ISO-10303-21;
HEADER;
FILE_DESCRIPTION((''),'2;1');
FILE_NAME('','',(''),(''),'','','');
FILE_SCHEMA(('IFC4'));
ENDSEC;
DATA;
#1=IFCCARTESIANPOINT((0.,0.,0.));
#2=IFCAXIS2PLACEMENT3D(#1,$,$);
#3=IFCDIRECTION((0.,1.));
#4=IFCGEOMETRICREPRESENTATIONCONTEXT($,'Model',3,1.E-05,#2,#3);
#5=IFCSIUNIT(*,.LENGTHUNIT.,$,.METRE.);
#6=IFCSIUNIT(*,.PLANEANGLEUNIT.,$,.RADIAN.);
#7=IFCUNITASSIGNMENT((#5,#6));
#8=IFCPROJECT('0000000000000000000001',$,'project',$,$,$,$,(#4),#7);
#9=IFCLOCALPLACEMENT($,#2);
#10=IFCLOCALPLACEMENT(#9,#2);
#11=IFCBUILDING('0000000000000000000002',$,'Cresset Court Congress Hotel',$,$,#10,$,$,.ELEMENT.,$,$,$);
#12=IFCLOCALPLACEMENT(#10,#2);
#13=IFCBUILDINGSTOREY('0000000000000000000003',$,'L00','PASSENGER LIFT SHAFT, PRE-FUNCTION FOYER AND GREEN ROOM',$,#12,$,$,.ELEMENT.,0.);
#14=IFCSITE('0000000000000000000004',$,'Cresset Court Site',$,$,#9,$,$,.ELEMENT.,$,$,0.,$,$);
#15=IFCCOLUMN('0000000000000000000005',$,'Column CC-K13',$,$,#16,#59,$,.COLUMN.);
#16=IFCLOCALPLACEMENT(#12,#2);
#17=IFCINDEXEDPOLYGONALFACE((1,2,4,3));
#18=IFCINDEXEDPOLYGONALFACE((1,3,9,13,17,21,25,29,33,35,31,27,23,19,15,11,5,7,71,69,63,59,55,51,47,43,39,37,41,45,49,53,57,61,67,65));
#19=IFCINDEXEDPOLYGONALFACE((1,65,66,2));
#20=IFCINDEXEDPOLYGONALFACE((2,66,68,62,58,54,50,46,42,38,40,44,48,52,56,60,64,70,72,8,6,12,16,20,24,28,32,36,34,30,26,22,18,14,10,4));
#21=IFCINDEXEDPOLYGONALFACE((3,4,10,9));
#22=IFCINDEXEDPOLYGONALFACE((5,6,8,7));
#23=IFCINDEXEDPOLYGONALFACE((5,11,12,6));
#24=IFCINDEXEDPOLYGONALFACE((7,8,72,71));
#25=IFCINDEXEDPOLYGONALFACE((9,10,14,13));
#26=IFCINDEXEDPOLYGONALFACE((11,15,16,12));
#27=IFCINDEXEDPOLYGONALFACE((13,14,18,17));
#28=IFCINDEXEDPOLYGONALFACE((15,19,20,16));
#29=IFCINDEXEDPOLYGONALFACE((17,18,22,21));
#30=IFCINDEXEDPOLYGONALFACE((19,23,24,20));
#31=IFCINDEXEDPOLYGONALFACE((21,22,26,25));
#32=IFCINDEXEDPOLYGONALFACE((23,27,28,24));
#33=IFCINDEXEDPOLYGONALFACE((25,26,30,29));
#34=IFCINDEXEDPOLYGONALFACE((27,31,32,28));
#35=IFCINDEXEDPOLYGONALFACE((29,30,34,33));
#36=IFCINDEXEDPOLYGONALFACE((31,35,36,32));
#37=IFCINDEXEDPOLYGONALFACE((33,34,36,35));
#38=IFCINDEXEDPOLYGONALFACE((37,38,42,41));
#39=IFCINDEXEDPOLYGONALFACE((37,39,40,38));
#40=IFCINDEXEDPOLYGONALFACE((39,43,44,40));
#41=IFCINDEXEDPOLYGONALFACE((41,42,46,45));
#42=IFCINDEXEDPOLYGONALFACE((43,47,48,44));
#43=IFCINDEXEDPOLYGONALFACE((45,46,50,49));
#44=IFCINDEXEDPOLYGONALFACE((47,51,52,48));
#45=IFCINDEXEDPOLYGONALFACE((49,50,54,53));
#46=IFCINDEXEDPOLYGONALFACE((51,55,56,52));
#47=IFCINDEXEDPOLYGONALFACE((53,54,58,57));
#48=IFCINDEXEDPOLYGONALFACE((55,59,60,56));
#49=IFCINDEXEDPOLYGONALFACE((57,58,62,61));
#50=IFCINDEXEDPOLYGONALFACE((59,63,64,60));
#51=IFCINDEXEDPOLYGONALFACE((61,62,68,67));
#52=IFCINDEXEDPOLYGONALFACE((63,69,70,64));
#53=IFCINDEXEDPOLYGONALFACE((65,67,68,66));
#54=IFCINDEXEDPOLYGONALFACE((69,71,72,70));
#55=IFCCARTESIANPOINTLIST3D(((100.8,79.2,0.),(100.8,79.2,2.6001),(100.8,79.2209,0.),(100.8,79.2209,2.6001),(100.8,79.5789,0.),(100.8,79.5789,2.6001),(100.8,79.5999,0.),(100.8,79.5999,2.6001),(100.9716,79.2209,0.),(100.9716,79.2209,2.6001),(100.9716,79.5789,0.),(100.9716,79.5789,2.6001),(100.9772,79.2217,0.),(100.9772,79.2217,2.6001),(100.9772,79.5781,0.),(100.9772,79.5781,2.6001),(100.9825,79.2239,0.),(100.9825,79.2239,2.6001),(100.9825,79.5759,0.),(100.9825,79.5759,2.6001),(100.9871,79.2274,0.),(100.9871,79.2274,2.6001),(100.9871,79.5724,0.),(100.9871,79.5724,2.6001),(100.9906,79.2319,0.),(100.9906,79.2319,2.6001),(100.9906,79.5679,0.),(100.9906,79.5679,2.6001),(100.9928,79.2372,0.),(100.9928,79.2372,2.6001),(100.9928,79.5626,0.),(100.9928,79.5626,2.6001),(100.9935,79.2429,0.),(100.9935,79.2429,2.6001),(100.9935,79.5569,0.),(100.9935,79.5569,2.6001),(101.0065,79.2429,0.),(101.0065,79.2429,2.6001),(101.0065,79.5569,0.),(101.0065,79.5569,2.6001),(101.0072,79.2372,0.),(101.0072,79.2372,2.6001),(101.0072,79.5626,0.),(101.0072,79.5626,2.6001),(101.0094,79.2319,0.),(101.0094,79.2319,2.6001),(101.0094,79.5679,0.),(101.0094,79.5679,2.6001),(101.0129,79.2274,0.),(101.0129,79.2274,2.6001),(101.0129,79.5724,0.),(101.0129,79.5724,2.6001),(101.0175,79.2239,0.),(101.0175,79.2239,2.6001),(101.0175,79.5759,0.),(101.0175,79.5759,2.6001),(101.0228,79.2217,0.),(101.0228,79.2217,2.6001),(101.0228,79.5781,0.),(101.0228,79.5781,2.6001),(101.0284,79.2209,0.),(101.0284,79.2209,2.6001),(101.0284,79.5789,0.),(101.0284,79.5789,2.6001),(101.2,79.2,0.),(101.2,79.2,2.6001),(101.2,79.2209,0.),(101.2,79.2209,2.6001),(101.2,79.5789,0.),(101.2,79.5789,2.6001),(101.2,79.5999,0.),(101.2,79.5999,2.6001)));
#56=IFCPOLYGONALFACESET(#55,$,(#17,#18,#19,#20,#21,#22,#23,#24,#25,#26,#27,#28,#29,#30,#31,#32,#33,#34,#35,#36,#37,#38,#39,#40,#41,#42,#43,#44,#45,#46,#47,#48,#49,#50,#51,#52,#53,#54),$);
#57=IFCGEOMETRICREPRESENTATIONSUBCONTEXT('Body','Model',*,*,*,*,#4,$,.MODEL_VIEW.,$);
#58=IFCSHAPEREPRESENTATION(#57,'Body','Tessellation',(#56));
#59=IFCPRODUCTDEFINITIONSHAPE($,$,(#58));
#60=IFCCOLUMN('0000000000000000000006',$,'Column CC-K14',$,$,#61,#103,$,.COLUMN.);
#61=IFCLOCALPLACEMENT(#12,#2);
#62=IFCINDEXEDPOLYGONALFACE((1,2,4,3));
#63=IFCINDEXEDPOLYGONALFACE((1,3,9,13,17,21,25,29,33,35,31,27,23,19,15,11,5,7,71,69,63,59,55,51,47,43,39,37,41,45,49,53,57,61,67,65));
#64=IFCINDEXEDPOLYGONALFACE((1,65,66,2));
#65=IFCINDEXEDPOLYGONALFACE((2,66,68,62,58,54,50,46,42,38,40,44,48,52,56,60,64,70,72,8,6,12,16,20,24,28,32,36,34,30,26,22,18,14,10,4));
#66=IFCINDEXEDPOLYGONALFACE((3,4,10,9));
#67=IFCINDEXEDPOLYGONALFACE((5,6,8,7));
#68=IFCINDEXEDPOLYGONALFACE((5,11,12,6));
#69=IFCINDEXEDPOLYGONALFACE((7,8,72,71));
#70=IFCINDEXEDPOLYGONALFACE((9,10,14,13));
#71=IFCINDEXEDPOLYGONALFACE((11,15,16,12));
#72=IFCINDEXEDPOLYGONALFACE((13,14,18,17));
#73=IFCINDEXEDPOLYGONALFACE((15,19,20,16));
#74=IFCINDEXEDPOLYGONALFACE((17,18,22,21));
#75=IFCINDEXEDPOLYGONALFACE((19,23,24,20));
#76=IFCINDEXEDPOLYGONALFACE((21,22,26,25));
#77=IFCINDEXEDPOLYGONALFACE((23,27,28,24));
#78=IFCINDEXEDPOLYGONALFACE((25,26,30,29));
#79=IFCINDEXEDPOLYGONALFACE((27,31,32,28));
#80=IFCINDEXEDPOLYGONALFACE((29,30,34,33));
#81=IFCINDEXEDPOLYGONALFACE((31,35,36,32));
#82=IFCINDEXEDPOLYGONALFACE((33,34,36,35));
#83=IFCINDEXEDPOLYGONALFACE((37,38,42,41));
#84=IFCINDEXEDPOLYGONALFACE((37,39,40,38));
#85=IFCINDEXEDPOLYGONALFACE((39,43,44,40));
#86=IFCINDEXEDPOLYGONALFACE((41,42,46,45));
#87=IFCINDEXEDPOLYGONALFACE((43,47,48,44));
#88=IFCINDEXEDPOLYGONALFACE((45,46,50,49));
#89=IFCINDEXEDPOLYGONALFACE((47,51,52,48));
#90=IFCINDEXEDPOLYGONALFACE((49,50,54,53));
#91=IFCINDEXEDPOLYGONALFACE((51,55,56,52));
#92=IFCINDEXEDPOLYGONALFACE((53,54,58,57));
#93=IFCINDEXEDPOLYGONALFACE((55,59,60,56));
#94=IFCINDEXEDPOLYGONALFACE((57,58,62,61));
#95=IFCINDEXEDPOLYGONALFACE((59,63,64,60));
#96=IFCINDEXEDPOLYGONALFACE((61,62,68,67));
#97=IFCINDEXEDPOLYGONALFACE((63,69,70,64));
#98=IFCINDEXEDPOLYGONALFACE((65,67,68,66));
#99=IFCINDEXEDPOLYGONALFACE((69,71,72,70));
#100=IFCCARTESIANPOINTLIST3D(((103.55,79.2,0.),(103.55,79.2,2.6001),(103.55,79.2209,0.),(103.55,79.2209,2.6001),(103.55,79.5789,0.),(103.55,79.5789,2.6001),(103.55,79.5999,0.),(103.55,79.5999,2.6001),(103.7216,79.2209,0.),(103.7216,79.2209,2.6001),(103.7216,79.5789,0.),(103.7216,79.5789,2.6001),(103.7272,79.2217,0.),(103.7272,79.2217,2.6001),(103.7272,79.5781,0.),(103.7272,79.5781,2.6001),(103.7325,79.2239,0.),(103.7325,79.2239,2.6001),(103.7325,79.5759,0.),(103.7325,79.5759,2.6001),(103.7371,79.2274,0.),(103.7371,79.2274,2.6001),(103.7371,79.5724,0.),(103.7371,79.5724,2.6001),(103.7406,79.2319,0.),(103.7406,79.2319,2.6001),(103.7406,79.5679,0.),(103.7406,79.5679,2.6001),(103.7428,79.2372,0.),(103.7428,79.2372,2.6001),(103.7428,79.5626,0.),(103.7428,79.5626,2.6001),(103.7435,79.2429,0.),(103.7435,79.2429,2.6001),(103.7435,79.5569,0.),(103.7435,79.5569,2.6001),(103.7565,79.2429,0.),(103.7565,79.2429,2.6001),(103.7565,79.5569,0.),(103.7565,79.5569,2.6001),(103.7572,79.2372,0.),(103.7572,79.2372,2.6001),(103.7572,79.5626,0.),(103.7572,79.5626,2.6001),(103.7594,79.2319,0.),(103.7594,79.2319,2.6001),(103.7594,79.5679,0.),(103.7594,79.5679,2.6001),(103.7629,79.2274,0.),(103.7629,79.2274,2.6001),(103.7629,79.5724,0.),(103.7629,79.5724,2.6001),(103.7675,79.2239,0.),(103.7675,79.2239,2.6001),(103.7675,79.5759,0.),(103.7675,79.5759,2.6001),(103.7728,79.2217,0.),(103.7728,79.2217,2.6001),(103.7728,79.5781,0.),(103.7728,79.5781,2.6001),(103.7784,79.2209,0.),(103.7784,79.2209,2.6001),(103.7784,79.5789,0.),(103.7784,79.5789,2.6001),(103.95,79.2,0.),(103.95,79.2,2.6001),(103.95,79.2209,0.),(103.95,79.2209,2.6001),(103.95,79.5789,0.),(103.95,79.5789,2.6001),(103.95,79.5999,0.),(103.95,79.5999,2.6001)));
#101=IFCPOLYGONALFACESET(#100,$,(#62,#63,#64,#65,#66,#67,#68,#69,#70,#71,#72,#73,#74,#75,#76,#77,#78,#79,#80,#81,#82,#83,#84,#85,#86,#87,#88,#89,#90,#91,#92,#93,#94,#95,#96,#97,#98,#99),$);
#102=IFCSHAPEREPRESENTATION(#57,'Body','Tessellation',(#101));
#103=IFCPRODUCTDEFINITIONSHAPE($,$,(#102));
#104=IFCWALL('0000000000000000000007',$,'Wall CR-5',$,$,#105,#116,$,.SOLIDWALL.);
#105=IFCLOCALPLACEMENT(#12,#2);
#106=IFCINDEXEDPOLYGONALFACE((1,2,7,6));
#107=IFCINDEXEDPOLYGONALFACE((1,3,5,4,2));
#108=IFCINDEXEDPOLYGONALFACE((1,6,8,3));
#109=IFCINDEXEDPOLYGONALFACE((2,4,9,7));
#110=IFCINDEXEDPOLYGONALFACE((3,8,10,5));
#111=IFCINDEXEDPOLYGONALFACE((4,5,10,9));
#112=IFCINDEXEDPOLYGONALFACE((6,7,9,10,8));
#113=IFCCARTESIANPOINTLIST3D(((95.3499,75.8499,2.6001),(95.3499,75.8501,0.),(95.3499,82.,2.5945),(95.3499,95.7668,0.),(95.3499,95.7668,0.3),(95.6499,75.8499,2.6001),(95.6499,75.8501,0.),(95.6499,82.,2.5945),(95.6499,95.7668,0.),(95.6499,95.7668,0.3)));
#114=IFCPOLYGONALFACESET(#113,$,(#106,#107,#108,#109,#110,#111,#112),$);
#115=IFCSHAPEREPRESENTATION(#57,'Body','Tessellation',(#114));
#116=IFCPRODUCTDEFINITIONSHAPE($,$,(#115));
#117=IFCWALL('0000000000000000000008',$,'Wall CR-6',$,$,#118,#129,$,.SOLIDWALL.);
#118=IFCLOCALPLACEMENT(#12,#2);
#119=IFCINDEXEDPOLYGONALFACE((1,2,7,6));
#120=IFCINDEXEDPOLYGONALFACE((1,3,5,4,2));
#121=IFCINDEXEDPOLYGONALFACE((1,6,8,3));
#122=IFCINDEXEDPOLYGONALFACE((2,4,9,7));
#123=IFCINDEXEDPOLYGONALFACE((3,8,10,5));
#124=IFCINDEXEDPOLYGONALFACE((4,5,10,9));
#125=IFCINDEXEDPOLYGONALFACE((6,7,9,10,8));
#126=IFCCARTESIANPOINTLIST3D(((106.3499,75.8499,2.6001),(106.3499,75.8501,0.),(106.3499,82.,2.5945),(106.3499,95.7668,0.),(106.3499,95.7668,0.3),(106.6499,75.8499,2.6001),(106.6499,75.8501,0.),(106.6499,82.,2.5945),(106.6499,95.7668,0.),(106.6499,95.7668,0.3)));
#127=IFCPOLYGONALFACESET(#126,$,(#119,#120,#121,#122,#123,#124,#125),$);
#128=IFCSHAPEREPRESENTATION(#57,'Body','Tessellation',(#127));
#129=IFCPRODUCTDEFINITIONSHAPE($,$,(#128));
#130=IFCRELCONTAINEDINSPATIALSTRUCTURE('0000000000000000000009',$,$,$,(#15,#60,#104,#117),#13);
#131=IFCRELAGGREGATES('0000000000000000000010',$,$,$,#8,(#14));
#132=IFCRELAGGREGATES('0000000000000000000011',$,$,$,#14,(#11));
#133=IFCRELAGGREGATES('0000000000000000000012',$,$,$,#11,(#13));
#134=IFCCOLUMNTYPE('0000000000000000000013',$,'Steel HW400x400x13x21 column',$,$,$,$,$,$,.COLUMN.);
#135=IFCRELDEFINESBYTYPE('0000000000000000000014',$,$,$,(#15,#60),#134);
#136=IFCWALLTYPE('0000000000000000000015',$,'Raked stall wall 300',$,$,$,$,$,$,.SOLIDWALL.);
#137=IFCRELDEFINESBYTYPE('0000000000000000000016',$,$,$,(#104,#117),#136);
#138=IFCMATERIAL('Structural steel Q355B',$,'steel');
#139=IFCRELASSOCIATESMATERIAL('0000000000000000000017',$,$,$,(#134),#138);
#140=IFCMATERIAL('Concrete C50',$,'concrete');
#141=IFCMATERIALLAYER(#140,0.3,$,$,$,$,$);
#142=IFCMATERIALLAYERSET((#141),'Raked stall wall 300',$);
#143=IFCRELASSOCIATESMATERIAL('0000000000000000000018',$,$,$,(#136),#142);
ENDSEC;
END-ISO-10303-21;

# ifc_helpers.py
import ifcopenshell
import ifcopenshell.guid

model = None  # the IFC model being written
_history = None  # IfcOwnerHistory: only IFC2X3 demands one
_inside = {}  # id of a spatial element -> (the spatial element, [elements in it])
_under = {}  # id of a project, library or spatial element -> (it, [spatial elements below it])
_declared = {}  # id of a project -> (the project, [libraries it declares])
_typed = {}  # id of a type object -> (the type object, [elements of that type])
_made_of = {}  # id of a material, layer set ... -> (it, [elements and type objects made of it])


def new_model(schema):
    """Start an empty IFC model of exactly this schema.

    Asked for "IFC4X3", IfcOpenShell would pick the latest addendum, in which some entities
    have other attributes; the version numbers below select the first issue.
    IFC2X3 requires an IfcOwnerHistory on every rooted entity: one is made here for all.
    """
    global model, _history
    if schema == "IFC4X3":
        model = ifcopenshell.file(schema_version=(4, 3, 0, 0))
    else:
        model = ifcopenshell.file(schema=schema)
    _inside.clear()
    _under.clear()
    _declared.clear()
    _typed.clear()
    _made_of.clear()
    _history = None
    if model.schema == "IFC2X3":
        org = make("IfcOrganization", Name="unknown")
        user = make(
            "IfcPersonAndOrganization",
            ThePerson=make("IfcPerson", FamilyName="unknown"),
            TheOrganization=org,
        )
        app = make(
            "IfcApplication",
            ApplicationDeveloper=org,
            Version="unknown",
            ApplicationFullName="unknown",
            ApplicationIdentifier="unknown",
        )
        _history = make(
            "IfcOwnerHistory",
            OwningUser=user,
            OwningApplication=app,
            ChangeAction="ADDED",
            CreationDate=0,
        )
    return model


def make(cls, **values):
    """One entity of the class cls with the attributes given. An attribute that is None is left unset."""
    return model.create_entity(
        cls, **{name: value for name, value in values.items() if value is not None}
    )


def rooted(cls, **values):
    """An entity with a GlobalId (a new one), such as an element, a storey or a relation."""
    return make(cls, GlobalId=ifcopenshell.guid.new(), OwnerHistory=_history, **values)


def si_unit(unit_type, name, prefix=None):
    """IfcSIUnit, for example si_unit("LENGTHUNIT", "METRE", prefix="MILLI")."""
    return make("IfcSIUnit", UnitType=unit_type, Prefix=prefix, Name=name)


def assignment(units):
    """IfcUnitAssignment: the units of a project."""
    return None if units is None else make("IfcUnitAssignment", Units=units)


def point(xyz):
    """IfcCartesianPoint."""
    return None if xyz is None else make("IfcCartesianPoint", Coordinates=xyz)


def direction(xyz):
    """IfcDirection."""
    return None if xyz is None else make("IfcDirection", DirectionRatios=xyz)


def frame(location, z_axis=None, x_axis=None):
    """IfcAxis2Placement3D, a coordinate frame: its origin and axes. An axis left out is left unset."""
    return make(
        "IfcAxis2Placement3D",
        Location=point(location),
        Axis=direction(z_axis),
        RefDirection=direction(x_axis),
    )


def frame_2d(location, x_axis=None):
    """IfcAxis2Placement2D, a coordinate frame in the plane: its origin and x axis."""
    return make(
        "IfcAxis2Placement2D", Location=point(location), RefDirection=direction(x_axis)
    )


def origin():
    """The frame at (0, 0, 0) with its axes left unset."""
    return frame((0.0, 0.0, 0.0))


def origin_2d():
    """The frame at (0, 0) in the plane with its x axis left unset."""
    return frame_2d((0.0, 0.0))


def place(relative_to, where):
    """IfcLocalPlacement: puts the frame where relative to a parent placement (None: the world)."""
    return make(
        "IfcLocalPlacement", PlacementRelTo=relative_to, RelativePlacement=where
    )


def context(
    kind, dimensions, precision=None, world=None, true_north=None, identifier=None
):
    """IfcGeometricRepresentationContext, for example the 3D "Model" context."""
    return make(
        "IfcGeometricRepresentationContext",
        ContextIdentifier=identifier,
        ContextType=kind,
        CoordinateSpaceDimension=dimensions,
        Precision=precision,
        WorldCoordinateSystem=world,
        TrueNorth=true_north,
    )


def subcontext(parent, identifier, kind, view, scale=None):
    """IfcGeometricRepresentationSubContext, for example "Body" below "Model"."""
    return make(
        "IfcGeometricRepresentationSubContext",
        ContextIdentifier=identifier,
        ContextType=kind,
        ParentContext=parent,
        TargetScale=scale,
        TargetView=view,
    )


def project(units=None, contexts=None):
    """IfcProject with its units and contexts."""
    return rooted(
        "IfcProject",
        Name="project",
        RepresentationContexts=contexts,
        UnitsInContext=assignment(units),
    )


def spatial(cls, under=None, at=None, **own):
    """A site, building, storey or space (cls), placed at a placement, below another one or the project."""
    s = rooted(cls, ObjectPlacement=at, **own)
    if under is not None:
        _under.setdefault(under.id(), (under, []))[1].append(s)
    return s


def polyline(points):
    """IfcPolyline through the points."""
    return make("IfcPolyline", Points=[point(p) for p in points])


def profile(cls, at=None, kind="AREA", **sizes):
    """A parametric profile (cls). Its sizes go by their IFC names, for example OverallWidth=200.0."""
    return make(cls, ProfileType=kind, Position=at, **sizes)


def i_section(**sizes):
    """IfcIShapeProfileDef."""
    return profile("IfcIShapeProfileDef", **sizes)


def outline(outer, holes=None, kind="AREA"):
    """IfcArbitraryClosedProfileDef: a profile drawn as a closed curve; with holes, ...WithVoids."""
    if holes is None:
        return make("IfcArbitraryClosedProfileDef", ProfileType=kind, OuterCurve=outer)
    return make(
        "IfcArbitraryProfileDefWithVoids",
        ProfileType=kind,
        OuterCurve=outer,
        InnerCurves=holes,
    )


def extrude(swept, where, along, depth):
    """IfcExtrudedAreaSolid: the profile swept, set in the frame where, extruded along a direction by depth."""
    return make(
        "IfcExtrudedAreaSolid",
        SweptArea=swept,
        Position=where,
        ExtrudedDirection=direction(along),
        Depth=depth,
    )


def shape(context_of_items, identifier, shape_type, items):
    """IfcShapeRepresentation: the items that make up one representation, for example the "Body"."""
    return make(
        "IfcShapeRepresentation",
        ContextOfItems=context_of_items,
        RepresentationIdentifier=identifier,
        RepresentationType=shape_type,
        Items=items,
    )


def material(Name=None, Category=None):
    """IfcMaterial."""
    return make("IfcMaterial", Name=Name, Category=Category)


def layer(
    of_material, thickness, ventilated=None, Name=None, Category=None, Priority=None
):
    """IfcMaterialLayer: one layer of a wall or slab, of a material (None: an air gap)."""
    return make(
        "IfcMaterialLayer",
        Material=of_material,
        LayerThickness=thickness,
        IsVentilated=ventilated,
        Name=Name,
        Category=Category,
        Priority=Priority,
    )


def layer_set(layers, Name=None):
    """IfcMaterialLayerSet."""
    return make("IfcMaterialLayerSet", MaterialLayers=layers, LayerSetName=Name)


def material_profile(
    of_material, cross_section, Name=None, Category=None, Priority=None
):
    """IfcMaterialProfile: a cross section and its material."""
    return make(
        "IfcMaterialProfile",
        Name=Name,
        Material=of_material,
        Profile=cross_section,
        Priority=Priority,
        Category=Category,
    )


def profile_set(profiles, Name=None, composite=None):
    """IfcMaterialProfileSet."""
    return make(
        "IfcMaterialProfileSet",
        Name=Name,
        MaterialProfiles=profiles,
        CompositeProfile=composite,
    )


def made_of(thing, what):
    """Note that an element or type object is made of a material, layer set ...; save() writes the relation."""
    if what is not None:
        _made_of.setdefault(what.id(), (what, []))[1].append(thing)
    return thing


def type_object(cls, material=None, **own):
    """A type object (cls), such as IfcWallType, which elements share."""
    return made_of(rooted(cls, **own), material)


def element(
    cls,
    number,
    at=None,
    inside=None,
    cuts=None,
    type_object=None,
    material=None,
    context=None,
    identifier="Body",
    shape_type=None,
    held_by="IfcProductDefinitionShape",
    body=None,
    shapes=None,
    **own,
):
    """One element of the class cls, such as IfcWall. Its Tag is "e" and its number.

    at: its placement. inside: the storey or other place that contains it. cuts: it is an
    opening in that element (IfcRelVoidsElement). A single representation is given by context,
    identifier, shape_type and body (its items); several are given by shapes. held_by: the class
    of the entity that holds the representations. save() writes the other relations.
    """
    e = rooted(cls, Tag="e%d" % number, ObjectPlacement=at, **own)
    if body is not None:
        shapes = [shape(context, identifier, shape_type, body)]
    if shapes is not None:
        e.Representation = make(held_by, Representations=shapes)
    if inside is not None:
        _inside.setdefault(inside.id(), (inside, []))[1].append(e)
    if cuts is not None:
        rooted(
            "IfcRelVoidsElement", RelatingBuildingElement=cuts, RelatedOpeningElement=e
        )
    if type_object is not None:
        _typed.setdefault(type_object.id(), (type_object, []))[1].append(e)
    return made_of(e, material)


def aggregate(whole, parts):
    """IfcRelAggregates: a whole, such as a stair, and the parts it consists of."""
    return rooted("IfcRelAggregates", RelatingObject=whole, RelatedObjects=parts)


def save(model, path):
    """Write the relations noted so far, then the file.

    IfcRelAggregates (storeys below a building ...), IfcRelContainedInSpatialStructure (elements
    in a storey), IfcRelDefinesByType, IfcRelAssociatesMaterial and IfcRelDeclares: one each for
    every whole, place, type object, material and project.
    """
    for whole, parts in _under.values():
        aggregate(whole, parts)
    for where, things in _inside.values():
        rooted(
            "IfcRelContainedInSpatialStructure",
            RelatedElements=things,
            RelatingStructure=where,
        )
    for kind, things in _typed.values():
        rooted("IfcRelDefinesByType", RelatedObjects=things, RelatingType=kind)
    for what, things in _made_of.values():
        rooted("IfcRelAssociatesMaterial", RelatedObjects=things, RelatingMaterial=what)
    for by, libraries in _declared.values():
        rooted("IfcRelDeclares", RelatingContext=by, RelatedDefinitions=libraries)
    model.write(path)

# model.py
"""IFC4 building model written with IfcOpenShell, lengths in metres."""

from ifc_helpers import new_model, si_unit, direction, frame, origin, origin_2d, place, context, subcontext, project, spatial, polyline, i_section, outline, extrude, material, layer, layer_set, material_profile, profile_set, type_object, element, save


model = new_model("IFC4")

# Units and contexts
model_context = context("Model", 3, precision=1e-05, world=origin(), true_north=direction((0.0, 1.0)))
body_context = subcontext(model_context, "Body", "Model", "MODEL_VIEW")
ifc_project = project(units=[si_unit("LENGTHUNIT", "METRE"), si_unit("PLANEANGLEUNIT", "RADIAN")], contexts=[model_context])

# Site, building, storey
site_placement = place(None, origin())
site = spatial("IfcSite", under=ifc_project, at=site_placement, Name="Cresset Court Site", CompositionType="ELEMENT", RefElevation=0.0)
building_placement = place(site_placement, origin())
building = spatial("IfcBuilding", under=site, at=building_placement, Name="Cresset Court Congress Hotel", CompositionType="ELEMENT")
storey_placement = place(building_placement, origin())
storey = spatial("IfcBuildingStorey", under=building, at=storey_placement, Name="L00", Description="PASSENGER LIFT SHAFT, PRE-FUNCTION FOYER AND GREEN ROOM", CompositionType="ELEMENT", Elevation=0.0)

# Columns
ifc_material_1 = material(Name="Structural steel Q355B", Category="steel")
ifc_material_profile = material_profile(ifc_material_1, i_section(OverallWidth=0.3999, OverallDepth=0.3999, WebThickness=0.0129, FlangeThickness=0.021, FilletRadius=0.022, at=origin_2d()), Name="HW400x400x13x21")
ifc_profile_set = profile_set([ifc_material_profile], Name="Structural steel Q355B")
column_type = type_object("IfcColumnType", Name="Steel HW400x400x13x21 column", PredefinedType="COLUMN", material=ifc_profile_set)
for number, where, z_axis, x_axis, name in (
    (1, (101.0, 79.3999, 0.0), (0.0, 0.0, 1.0), (1.0, 0.0, 0.0), "Column CC-K13"),
    (2, (103.75, 79.3999, 0.0), (0.0, 0.0, 1.0), (1.0, 0.0, 0.0), "Column CC-K14"),
):
    element("IfcColumn", number, at=place(storey_placement, frame(where, z_axis=z_axis, x_axis=x_axis)), inside=storey, type_object=column_type, Name=name, PredefinedType="COLUMN", context=body_context, shape_type="SweptSolid", body=[
        extrude(i_section(OverallWidth=0.3999, OverallDepth=0.3999, WebThickness=0.0129, FlangeThickness=0.021, FilletRadius=0.022, at=origin_2d()), origin(), (0.0, 0.0, 1.0), 2.6001),
    ])

# Walls
ifc_material_2 = material(Name="Concrete C50", Category="concrete")
ifc_layer = layer(ifc_material_2, 0.3)
ifc_layer_set = layer_set([ifc_layer], Name="Raked stall wall 300")
wall_type = type_object("IfcWallType", Name="Raked stall wall 300", PredefinedType="SOLIDWALL", material=ifc_layer_set)
for number, where, z_axis, x_axis, name in (
    (3, (95.5, 95.7668, 0.0), (0.0, 0.0, 1.0), (0.0, -1.0, 0.0), "Wall CR-5"),
    (4, (106.5, 95.7668, 0.0), (0.0, 0.0, 1.0), (0.0, -1.0, 0.0), "Wall CR-6"),
):
    element("IfcWall", number, at=place(storey_placement, frame(where, z_axis=z_axis, x_axis=x_axis)), inside=storey, type_object=wall_type, Name=name, PredefinedType="SOLIDWALL", context=body_context, shape_type="SweptSolid", body=[
        extrude(outline(polyline([(0.0, 0.0), (19.9167, 0.0), (19.917, 2.6001), (13.7668, 2.5945), (0.0, 0.3), (0.0, 0.0)])), frame((0.0, 0.1499, 0.0), z_axis=(0.0, -1.0, 0.0), x_axis=(1.0, 0.0, 0.0)), (0.0, 0.0, 1.0), 0.3),
    ])

save(model, "model.ifc")
